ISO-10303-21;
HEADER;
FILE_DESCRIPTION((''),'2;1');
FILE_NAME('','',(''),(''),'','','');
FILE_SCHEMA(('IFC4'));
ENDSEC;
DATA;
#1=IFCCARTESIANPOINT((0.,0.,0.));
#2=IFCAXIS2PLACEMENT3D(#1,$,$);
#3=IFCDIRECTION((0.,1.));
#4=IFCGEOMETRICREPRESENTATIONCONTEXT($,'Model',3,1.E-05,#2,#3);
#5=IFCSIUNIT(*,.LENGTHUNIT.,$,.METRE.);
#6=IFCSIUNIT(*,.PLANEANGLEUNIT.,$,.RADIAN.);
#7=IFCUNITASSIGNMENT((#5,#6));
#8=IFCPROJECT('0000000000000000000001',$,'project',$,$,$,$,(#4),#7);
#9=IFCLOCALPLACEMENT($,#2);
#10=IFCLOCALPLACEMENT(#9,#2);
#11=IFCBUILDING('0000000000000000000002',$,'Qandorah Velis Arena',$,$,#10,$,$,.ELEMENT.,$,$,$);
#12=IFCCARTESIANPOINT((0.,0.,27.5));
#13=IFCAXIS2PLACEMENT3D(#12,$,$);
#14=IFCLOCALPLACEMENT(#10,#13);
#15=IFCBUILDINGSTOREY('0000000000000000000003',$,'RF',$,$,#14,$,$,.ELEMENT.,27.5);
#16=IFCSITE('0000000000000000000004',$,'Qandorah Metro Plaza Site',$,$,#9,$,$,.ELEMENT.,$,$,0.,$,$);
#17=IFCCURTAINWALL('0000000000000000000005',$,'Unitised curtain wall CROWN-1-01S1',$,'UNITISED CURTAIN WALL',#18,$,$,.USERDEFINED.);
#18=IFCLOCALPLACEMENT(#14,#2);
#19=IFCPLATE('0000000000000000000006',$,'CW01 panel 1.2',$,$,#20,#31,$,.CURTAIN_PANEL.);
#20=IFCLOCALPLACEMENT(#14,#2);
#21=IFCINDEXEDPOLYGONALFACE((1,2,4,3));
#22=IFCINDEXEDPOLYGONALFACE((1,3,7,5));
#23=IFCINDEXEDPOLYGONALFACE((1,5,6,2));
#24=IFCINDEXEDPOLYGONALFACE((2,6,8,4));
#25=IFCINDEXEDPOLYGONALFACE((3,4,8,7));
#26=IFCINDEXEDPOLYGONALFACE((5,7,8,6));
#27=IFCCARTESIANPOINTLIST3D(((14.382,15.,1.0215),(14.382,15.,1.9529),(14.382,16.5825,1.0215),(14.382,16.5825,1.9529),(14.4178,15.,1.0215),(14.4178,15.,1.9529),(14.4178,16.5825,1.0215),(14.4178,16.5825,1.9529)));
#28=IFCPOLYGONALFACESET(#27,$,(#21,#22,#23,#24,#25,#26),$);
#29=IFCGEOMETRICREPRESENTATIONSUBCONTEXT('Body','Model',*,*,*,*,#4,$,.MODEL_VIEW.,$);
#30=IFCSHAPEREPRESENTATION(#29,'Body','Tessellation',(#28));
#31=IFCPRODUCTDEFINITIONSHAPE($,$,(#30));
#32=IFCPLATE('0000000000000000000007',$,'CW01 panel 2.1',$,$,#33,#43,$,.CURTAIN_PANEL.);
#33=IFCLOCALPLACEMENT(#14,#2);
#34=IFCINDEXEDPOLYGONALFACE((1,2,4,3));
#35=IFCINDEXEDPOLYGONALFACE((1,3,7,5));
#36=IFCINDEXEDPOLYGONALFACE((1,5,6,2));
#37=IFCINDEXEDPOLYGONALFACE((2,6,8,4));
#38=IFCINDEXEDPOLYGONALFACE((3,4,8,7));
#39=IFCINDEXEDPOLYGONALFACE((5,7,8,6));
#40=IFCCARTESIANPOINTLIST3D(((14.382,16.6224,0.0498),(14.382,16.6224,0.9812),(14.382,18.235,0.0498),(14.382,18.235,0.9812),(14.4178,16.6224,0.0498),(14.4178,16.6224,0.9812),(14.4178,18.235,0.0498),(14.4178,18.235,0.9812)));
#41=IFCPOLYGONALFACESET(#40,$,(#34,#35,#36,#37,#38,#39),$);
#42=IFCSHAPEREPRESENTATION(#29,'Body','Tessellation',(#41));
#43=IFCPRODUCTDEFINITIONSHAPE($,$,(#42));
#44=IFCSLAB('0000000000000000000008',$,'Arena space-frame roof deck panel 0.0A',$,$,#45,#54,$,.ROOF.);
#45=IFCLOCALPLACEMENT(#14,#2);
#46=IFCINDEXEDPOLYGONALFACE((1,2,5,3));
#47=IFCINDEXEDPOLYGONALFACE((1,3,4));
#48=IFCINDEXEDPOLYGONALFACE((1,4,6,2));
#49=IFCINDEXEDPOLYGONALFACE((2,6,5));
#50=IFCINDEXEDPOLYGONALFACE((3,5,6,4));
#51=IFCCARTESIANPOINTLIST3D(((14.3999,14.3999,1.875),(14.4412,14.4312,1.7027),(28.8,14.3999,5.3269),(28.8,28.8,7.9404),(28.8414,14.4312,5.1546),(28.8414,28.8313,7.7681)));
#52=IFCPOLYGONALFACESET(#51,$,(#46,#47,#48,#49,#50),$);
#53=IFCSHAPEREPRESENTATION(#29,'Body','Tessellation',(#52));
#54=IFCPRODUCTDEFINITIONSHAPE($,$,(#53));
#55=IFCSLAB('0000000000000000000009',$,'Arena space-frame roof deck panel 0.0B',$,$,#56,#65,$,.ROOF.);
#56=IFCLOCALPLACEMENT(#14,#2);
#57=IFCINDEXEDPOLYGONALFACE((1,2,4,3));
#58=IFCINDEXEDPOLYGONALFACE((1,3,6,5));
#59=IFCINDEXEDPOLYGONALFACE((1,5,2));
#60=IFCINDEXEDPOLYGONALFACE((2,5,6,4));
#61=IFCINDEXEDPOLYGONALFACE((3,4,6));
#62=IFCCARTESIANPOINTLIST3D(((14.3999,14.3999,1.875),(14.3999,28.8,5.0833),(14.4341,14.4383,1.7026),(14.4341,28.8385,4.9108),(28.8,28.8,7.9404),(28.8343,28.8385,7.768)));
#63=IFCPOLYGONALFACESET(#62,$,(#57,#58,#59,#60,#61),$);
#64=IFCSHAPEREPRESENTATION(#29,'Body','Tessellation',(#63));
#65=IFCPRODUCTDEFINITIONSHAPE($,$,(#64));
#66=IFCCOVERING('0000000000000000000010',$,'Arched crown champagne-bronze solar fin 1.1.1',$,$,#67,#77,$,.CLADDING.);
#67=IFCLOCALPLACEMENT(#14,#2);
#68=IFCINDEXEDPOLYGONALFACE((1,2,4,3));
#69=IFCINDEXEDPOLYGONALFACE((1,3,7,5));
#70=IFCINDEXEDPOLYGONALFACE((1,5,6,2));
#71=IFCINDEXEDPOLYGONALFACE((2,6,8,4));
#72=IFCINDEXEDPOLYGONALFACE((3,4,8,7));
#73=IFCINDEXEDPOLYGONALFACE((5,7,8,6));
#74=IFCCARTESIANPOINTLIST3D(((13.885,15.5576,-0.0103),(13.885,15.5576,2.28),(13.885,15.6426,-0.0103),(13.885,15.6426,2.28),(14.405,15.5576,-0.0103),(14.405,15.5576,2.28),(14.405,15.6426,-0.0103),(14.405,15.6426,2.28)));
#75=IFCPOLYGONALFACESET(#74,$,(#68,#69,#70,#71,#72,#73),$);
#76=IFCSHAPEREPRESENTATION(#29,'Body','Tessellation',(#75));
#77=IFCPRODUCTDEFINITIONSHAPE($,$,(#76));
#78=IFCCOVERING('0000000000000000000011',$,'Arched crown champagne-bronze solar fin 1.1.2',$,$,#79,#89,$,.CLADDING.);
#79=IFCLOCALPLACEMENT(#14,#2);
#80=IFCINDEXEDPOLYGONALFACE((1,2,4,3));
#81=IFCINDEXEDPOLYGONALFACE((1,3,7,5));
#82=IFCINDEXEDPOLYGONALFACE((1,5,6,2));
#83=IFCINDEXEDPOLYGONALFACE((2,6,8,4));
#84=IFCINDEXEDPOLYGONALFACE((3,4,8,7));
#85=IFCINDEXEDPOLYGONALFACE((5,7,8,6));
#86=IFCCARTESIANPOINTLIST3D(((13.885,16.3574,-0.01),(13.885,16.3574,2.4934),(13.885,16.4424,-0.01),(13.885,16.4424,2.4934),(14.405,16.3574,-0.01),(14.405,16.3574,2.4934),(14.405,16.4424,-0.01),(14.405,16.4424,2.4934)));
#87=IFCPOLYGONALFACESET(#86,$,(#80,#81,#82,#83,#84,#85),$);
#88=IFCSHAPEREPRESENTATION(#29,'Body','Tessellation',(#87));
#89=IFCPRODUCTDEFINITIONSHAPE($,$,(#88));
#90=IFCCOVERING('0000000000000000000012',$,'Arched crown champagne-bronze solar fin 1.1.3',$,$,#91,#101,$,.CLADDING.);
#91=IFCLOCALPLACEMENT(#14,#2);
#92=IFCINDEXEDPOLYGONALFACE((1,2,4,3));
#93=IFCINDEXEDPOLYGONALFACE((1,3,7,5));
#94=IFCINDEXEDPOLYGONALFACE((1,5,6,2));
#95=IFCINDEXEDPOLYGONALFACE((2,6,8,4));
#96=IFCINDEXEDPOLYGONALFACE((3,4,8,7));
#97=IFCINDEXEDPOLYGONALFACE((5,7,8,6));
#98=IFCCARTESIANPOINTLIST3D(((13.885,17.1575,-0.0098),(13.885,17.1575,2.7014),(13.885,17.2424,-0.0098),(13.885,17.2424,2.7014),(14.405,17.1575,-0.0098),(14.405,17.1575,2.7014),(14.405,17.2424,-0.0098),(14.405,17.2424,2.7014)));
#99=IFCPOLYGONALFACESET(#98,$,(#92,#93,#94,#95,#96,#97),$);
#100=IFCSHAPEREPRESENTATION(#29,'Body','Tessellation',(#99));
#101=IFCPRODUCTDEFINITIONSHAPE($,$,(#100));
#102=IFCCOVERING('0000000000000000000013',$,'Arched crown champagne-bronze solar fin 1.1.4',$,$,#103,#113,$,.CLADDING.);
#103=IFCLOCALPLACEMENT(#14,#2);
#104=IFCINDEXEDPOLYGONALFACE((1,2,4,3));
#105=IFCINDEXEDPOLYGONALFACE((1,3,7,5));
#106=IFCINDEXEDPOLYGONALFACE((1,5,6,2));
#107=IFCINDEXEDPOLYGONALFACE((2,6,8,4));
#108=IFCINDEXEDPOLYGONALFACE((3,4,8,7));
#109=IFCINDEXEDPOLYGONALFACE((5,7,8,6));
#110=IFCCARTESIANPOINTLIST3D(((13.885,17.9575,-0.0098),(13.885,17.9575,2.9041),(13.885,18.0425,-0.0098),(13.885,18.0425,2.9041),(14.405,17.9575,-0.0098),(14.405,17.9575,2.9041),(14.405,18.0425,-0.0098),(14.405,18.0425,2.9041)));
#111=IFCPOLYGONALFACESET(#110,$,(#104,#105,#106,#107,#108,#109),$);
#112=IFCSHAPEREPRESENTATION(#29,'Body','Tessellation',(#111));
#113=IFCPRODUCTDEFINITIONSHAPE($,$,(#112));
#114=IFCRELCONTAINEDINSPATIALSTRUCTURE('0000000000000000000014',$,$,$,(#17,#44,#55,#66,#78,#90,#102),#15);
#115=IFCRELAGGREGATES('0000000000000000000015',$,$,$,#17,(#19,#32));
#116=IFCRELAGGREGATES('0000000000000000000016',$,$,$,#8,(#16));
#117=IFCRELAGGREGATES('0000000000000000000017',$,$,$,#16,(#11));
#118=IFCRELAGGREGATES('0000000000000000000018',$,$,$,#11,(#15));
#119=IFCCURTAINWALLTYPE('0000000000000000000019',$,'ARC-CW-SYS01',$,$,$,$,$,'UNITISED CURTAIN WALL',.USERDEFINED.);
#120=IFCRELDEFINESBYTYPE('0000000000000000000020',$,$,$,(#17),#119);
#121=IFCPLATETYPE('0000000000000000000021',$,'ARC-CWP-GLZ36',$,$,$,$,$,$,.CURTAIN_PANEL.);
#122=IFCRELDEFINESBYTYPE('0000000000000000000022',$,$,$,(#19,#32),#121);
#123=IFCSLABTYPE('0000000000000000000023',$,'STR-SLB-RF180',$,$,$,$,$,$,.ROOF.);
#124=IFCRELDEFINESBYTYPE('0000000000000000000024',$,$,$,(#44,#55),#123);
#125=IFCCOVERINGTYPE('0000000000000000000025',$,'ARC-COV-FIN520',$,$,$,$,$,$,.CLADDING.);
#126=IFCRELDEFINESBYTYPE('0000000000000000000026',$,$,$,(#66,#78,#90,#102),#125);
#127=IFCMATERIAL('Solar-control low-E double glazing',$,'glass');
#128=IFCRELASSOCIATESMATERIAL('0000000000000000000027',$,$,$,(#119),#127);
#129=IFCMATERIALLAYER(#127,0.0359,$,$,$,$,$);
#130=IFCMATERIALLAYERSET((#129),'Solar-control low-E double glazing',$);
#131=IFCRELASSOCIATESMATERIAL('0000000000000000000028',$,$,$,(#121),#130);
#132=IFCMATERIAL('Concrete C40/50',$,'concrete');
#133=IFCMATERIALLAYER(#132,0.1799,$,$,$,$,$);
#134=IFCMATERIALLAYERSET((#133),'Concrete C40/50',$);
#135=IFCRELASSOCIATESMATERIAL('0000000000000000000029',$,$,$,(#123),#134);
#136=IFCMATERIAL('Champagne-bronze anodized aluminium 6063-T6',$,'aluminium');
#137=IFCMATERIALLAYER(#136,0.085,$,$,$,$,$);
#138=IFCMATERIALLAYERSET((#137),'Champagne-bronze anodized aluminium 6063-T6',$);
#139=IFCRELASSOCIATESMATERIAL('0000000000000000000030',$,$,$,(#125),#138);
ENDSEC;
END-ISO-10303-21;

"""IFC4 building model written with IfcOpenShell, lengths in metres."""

from ifc_helpers import new_model, si_unit, direction, frame, origin, origin_2d, place, context, subcontext, project, spatial, polyline, rectangle, outline, extrude, material, layer, layer_set, type_object, element, aggregate, save


model = new_model("IFC4")

# Units and contexts
model_context = context("Model", 3, precision=1e-05, world=origin(), true_north=direction((0.0, 1.0)))
body_context = subcontext(model_context, "Body", "Model", "MODEL_VIEW")
ifc_project = project(units=[si_unit("LENGTHUNIT", "METRE"), si_unit("PLANEANGLEUNIT", "RADIAN")], contexts=[model_context])

# Site, building, storey
site_placement = place(None, origin())
site = spatial("IfcSite", under=ifc_project, at=site_placement, Name="Qandorah Metro Plaza Site", CompositionType="ELEMENT", RefElevation=0.0)
building_placement = place(site_placement, origin())
building = spatial("IfcBuilding", under=site, at=building_placement, Name="Qandorah Velis Arena", CompositionType="ELEMENT")
storey_placement = place(building_placement, frame((0.0, 0.0, 27.5)))
storey = spatial("IfcBuildingStorey", under=building, at=storey_placement, Name="RF", CompositionType="ELEMENT", Elevation=27.5)

# Curtain wall
ifc_material_1 = material(Name="Solar-control low-E double glazing", Category="glass")
curtain_wall_type = type_object("IfcCurtainWallType", Name="ARC-CW-SYS01", ElementType="UNITISED CURTAIN WALL", PredefinedType="USERDEFINED", material=ifc_material_1)
curtain_wall_placement = place(storey_placement, origin())
curtain_wall = element("IfcCurtainWall", 1, at=curtain_wall_placement, inside=storey, type_object=curtain_wall_type, Name="Unitised curtain wall CROWN-1-01S1", ObjectType="UNITISED CURTAIN WALL", PredefinedType="USERDEFINED")
ifc_material_2 = material(Name="Champagne-bronze anodized aluminium 6063-T6", Category="aluminium")

# Plates
ifc_layer_1 = layer(ifc_material_1, 0.0359)
ifc_layer_set_1 = layer_set([ifc_layer_1], Name="Solar-control low-E double glazing")
plate_type = type_object("IfcPlateType", Name="ARC-CWP-GLZ36", PredefinedType="CURTAIN_PANEL", material=ifc_layer_set_1)
plate_1_placement = place(storey_placement, frame((14.3999, 15.7913, 1.0215), z_axis=(0.0, 0.0, 1.0), x_axis=(0.0, 1.0, 0.0)))
plate_1 = element("IfcPlate", 2, at=plate_1_placement, type_object=plate_type, Name="CW01 panel 1.2", PredefinedType="CURTAIN_PANEL", context=body_context, shape_type="SweptSolid", body=[
    extrude(rectangle(XDim=1.5825, YDim=0.0359, at=origin_2d()), origin(), (0.0, 0.0, 1.0), 0.9314),
])
plate_2_placement = place(storey_placement, frame((14.3999, 17.4287, 0.0498), z_axis=(0.0, 0.0, 1.0), x_axis=(0.0, 1.0, 0.0)))
plate_2 = element("IfcPlate", 3, at=plate_2_placement, type_object=plate_type, Name="CW01 panel 2.1", PredefinedType="CURTAIN_PANEL", context=body_context, shape_type="SweptSolid", body=[
    extrude(rectangle(XDim=1.6125, YDim=0.0359, at=origin_2d()), origin(), (0.0, 0.0, 1.0), 0.9314),
])
aggregate(curtain_wall, [plate_1, plate_2])

# Slabs
ifc_material_3 = material(Name="Concrete C40/50", Category="concrete")
ifc_layer_2 = layer(ifc_material_3, 0.1799)
ifc_layer_set_2 = layer_set([ifc_layer_2], Name="Concrete C40/50")
slab_type = type_object("IfcSlabType", Name="STR-SLB-RF180", PredefinedType="ROOF", material=ifc_layer_set_2)
slab_1_placement = place(storey_placement, frame((14.3999, 14.3999, 1.875), z_axis=(-0.229561, -0.173807, 0.95765), x_axis=(0.972451, 0.0, 0.233109)))
element("IfcSlab", 4, at=slab_1_placement, inside=storey, type_object=slab_type, Name="Arena space-frame roof deck panel 0.0A", PredefinedType="ROOF", context=body_context, shape_type="SweptSolid", body=[
    extrude(outline(polyline([(0.0, 0.0), (14.8081, 0.0), (15.4173, 14.6227), (0.0, 0.0)])), origin(), (0.0, 0.0, -1.0), 0.1799),
])
slab_2_placement = place(storey_placement, frame((14.3999, 14.3999, 1.875), z_axis=(-0.190132, -0.213495, 0.958264), x_axis=(0.677687, 0.677687, 0.285446)))
element("IfcSlab", 5, at=slab_2_placement, inside=storey, type_object=slab_type, Name="Arena space-frame roof deck panel 0.0B", PredefinedType="ROOF", context=body_context, shape_type="SweptSolid", body=[
    extrude(outline(polyline([(0.0, 0.0), (21.2489, 0.0), (10.6746, 10.1838), (0.0, 0.0)])), origin(), (0.0, 0.0, -1.0), 0.1799),
])

# Coverings
ifc_layer_3 = layer(ifc_material_2, 0.085)
ifc_layer_set_3 = layer_set([ifc_layer_3], Name="Champagne-bronze anodized aluminium 6063-T6")
covering_type = type_object("IfcCoveringType", Name="ARC-COV-FIN520", PredefinedType="CLADDING", material=ifc_layer_set_3)
covering_1_placement = place(storey_placement, frame((14.145, 15.6001, -0.0103), z_axis=(0.0, 0.0, 1.0), x_axis=(1.0, 0.0, 0.0)))
element("IfcCovering", 6, at=covering_1_placement, inside=storey, type_object=covering_type, Name="Arched crown champagne-bronze solar fin 1.1.1", PredefinedType="CLADDING", context=body_context, shape_type="SweptSolid", body=[
    extrude(rectangle(XDim=0.52, YDim=0.085, at=origin_2d()), origin(), (0.0, 0.0, 1.0), 2.2903),
])
covering_2_placement = place(storey_placement, frame((14.145, 16.3999, -0.01), z_axis=(0.0, 0.0, 1.0), x_axis=(1.0, 0.0, 0.0)))
element("IfcCovering", 7, at=covering_2_placement, inside=storey, type_object=covering_type, Name="Arched crown champagne-bronze solar fin 1.1.2", PredefinedType="CLADDING", context=body_context, shape_type="SweptSolid", body=[
    extrude(rectangle(XDim=0.52, YDim=0.085, at=origin_2d()), origin(), (0.0, 0.0, 1.0), 2.5034),
])
covering_3_placement = place(storey_placement, frame((14.145, 17.2, -0.0098), z_axis=(0.0, 0.0, 1.0), x_axis=(1.0, 0.0, 0.0)))
element("IfcCovering", 8, at=covering_3_placement, inside=storey, type_object=covering_type, Name="Arched crown champagne-bronze solar fin 1.1.3", PredefinedType="CLADDING", context=body_context, shape_type="SweptSolid", body=[
    extrude(rectangle(XDim=0.52, YDim=0.085, at=origin_2d()), origin(), (0.0, 0.0, 1.0), 2.7112),
])
covering_4_placement = place(storey_placement, frame((14.145, 18.0, -0.0098), z_axis=(0.0, 0.0, 1.0), x_axis=(1.0, 0.0, 0.0)))
element("IfcCovering", 9, at=covering_4_placement, inside=storey, type_object=covering_type, Name="Arched crown champagne-bronze solar fin 1.1.4", PredefinedType="CLADDING", context=body_context, shape_type="SweptSolid", body=[
    extrude(rectangle(XDim=0.52, YDim=0.085, at=origin_2d()), origin(), (0.0, 0.0, 1.0), 2.9138),
])

save(model, "model.ifc")
